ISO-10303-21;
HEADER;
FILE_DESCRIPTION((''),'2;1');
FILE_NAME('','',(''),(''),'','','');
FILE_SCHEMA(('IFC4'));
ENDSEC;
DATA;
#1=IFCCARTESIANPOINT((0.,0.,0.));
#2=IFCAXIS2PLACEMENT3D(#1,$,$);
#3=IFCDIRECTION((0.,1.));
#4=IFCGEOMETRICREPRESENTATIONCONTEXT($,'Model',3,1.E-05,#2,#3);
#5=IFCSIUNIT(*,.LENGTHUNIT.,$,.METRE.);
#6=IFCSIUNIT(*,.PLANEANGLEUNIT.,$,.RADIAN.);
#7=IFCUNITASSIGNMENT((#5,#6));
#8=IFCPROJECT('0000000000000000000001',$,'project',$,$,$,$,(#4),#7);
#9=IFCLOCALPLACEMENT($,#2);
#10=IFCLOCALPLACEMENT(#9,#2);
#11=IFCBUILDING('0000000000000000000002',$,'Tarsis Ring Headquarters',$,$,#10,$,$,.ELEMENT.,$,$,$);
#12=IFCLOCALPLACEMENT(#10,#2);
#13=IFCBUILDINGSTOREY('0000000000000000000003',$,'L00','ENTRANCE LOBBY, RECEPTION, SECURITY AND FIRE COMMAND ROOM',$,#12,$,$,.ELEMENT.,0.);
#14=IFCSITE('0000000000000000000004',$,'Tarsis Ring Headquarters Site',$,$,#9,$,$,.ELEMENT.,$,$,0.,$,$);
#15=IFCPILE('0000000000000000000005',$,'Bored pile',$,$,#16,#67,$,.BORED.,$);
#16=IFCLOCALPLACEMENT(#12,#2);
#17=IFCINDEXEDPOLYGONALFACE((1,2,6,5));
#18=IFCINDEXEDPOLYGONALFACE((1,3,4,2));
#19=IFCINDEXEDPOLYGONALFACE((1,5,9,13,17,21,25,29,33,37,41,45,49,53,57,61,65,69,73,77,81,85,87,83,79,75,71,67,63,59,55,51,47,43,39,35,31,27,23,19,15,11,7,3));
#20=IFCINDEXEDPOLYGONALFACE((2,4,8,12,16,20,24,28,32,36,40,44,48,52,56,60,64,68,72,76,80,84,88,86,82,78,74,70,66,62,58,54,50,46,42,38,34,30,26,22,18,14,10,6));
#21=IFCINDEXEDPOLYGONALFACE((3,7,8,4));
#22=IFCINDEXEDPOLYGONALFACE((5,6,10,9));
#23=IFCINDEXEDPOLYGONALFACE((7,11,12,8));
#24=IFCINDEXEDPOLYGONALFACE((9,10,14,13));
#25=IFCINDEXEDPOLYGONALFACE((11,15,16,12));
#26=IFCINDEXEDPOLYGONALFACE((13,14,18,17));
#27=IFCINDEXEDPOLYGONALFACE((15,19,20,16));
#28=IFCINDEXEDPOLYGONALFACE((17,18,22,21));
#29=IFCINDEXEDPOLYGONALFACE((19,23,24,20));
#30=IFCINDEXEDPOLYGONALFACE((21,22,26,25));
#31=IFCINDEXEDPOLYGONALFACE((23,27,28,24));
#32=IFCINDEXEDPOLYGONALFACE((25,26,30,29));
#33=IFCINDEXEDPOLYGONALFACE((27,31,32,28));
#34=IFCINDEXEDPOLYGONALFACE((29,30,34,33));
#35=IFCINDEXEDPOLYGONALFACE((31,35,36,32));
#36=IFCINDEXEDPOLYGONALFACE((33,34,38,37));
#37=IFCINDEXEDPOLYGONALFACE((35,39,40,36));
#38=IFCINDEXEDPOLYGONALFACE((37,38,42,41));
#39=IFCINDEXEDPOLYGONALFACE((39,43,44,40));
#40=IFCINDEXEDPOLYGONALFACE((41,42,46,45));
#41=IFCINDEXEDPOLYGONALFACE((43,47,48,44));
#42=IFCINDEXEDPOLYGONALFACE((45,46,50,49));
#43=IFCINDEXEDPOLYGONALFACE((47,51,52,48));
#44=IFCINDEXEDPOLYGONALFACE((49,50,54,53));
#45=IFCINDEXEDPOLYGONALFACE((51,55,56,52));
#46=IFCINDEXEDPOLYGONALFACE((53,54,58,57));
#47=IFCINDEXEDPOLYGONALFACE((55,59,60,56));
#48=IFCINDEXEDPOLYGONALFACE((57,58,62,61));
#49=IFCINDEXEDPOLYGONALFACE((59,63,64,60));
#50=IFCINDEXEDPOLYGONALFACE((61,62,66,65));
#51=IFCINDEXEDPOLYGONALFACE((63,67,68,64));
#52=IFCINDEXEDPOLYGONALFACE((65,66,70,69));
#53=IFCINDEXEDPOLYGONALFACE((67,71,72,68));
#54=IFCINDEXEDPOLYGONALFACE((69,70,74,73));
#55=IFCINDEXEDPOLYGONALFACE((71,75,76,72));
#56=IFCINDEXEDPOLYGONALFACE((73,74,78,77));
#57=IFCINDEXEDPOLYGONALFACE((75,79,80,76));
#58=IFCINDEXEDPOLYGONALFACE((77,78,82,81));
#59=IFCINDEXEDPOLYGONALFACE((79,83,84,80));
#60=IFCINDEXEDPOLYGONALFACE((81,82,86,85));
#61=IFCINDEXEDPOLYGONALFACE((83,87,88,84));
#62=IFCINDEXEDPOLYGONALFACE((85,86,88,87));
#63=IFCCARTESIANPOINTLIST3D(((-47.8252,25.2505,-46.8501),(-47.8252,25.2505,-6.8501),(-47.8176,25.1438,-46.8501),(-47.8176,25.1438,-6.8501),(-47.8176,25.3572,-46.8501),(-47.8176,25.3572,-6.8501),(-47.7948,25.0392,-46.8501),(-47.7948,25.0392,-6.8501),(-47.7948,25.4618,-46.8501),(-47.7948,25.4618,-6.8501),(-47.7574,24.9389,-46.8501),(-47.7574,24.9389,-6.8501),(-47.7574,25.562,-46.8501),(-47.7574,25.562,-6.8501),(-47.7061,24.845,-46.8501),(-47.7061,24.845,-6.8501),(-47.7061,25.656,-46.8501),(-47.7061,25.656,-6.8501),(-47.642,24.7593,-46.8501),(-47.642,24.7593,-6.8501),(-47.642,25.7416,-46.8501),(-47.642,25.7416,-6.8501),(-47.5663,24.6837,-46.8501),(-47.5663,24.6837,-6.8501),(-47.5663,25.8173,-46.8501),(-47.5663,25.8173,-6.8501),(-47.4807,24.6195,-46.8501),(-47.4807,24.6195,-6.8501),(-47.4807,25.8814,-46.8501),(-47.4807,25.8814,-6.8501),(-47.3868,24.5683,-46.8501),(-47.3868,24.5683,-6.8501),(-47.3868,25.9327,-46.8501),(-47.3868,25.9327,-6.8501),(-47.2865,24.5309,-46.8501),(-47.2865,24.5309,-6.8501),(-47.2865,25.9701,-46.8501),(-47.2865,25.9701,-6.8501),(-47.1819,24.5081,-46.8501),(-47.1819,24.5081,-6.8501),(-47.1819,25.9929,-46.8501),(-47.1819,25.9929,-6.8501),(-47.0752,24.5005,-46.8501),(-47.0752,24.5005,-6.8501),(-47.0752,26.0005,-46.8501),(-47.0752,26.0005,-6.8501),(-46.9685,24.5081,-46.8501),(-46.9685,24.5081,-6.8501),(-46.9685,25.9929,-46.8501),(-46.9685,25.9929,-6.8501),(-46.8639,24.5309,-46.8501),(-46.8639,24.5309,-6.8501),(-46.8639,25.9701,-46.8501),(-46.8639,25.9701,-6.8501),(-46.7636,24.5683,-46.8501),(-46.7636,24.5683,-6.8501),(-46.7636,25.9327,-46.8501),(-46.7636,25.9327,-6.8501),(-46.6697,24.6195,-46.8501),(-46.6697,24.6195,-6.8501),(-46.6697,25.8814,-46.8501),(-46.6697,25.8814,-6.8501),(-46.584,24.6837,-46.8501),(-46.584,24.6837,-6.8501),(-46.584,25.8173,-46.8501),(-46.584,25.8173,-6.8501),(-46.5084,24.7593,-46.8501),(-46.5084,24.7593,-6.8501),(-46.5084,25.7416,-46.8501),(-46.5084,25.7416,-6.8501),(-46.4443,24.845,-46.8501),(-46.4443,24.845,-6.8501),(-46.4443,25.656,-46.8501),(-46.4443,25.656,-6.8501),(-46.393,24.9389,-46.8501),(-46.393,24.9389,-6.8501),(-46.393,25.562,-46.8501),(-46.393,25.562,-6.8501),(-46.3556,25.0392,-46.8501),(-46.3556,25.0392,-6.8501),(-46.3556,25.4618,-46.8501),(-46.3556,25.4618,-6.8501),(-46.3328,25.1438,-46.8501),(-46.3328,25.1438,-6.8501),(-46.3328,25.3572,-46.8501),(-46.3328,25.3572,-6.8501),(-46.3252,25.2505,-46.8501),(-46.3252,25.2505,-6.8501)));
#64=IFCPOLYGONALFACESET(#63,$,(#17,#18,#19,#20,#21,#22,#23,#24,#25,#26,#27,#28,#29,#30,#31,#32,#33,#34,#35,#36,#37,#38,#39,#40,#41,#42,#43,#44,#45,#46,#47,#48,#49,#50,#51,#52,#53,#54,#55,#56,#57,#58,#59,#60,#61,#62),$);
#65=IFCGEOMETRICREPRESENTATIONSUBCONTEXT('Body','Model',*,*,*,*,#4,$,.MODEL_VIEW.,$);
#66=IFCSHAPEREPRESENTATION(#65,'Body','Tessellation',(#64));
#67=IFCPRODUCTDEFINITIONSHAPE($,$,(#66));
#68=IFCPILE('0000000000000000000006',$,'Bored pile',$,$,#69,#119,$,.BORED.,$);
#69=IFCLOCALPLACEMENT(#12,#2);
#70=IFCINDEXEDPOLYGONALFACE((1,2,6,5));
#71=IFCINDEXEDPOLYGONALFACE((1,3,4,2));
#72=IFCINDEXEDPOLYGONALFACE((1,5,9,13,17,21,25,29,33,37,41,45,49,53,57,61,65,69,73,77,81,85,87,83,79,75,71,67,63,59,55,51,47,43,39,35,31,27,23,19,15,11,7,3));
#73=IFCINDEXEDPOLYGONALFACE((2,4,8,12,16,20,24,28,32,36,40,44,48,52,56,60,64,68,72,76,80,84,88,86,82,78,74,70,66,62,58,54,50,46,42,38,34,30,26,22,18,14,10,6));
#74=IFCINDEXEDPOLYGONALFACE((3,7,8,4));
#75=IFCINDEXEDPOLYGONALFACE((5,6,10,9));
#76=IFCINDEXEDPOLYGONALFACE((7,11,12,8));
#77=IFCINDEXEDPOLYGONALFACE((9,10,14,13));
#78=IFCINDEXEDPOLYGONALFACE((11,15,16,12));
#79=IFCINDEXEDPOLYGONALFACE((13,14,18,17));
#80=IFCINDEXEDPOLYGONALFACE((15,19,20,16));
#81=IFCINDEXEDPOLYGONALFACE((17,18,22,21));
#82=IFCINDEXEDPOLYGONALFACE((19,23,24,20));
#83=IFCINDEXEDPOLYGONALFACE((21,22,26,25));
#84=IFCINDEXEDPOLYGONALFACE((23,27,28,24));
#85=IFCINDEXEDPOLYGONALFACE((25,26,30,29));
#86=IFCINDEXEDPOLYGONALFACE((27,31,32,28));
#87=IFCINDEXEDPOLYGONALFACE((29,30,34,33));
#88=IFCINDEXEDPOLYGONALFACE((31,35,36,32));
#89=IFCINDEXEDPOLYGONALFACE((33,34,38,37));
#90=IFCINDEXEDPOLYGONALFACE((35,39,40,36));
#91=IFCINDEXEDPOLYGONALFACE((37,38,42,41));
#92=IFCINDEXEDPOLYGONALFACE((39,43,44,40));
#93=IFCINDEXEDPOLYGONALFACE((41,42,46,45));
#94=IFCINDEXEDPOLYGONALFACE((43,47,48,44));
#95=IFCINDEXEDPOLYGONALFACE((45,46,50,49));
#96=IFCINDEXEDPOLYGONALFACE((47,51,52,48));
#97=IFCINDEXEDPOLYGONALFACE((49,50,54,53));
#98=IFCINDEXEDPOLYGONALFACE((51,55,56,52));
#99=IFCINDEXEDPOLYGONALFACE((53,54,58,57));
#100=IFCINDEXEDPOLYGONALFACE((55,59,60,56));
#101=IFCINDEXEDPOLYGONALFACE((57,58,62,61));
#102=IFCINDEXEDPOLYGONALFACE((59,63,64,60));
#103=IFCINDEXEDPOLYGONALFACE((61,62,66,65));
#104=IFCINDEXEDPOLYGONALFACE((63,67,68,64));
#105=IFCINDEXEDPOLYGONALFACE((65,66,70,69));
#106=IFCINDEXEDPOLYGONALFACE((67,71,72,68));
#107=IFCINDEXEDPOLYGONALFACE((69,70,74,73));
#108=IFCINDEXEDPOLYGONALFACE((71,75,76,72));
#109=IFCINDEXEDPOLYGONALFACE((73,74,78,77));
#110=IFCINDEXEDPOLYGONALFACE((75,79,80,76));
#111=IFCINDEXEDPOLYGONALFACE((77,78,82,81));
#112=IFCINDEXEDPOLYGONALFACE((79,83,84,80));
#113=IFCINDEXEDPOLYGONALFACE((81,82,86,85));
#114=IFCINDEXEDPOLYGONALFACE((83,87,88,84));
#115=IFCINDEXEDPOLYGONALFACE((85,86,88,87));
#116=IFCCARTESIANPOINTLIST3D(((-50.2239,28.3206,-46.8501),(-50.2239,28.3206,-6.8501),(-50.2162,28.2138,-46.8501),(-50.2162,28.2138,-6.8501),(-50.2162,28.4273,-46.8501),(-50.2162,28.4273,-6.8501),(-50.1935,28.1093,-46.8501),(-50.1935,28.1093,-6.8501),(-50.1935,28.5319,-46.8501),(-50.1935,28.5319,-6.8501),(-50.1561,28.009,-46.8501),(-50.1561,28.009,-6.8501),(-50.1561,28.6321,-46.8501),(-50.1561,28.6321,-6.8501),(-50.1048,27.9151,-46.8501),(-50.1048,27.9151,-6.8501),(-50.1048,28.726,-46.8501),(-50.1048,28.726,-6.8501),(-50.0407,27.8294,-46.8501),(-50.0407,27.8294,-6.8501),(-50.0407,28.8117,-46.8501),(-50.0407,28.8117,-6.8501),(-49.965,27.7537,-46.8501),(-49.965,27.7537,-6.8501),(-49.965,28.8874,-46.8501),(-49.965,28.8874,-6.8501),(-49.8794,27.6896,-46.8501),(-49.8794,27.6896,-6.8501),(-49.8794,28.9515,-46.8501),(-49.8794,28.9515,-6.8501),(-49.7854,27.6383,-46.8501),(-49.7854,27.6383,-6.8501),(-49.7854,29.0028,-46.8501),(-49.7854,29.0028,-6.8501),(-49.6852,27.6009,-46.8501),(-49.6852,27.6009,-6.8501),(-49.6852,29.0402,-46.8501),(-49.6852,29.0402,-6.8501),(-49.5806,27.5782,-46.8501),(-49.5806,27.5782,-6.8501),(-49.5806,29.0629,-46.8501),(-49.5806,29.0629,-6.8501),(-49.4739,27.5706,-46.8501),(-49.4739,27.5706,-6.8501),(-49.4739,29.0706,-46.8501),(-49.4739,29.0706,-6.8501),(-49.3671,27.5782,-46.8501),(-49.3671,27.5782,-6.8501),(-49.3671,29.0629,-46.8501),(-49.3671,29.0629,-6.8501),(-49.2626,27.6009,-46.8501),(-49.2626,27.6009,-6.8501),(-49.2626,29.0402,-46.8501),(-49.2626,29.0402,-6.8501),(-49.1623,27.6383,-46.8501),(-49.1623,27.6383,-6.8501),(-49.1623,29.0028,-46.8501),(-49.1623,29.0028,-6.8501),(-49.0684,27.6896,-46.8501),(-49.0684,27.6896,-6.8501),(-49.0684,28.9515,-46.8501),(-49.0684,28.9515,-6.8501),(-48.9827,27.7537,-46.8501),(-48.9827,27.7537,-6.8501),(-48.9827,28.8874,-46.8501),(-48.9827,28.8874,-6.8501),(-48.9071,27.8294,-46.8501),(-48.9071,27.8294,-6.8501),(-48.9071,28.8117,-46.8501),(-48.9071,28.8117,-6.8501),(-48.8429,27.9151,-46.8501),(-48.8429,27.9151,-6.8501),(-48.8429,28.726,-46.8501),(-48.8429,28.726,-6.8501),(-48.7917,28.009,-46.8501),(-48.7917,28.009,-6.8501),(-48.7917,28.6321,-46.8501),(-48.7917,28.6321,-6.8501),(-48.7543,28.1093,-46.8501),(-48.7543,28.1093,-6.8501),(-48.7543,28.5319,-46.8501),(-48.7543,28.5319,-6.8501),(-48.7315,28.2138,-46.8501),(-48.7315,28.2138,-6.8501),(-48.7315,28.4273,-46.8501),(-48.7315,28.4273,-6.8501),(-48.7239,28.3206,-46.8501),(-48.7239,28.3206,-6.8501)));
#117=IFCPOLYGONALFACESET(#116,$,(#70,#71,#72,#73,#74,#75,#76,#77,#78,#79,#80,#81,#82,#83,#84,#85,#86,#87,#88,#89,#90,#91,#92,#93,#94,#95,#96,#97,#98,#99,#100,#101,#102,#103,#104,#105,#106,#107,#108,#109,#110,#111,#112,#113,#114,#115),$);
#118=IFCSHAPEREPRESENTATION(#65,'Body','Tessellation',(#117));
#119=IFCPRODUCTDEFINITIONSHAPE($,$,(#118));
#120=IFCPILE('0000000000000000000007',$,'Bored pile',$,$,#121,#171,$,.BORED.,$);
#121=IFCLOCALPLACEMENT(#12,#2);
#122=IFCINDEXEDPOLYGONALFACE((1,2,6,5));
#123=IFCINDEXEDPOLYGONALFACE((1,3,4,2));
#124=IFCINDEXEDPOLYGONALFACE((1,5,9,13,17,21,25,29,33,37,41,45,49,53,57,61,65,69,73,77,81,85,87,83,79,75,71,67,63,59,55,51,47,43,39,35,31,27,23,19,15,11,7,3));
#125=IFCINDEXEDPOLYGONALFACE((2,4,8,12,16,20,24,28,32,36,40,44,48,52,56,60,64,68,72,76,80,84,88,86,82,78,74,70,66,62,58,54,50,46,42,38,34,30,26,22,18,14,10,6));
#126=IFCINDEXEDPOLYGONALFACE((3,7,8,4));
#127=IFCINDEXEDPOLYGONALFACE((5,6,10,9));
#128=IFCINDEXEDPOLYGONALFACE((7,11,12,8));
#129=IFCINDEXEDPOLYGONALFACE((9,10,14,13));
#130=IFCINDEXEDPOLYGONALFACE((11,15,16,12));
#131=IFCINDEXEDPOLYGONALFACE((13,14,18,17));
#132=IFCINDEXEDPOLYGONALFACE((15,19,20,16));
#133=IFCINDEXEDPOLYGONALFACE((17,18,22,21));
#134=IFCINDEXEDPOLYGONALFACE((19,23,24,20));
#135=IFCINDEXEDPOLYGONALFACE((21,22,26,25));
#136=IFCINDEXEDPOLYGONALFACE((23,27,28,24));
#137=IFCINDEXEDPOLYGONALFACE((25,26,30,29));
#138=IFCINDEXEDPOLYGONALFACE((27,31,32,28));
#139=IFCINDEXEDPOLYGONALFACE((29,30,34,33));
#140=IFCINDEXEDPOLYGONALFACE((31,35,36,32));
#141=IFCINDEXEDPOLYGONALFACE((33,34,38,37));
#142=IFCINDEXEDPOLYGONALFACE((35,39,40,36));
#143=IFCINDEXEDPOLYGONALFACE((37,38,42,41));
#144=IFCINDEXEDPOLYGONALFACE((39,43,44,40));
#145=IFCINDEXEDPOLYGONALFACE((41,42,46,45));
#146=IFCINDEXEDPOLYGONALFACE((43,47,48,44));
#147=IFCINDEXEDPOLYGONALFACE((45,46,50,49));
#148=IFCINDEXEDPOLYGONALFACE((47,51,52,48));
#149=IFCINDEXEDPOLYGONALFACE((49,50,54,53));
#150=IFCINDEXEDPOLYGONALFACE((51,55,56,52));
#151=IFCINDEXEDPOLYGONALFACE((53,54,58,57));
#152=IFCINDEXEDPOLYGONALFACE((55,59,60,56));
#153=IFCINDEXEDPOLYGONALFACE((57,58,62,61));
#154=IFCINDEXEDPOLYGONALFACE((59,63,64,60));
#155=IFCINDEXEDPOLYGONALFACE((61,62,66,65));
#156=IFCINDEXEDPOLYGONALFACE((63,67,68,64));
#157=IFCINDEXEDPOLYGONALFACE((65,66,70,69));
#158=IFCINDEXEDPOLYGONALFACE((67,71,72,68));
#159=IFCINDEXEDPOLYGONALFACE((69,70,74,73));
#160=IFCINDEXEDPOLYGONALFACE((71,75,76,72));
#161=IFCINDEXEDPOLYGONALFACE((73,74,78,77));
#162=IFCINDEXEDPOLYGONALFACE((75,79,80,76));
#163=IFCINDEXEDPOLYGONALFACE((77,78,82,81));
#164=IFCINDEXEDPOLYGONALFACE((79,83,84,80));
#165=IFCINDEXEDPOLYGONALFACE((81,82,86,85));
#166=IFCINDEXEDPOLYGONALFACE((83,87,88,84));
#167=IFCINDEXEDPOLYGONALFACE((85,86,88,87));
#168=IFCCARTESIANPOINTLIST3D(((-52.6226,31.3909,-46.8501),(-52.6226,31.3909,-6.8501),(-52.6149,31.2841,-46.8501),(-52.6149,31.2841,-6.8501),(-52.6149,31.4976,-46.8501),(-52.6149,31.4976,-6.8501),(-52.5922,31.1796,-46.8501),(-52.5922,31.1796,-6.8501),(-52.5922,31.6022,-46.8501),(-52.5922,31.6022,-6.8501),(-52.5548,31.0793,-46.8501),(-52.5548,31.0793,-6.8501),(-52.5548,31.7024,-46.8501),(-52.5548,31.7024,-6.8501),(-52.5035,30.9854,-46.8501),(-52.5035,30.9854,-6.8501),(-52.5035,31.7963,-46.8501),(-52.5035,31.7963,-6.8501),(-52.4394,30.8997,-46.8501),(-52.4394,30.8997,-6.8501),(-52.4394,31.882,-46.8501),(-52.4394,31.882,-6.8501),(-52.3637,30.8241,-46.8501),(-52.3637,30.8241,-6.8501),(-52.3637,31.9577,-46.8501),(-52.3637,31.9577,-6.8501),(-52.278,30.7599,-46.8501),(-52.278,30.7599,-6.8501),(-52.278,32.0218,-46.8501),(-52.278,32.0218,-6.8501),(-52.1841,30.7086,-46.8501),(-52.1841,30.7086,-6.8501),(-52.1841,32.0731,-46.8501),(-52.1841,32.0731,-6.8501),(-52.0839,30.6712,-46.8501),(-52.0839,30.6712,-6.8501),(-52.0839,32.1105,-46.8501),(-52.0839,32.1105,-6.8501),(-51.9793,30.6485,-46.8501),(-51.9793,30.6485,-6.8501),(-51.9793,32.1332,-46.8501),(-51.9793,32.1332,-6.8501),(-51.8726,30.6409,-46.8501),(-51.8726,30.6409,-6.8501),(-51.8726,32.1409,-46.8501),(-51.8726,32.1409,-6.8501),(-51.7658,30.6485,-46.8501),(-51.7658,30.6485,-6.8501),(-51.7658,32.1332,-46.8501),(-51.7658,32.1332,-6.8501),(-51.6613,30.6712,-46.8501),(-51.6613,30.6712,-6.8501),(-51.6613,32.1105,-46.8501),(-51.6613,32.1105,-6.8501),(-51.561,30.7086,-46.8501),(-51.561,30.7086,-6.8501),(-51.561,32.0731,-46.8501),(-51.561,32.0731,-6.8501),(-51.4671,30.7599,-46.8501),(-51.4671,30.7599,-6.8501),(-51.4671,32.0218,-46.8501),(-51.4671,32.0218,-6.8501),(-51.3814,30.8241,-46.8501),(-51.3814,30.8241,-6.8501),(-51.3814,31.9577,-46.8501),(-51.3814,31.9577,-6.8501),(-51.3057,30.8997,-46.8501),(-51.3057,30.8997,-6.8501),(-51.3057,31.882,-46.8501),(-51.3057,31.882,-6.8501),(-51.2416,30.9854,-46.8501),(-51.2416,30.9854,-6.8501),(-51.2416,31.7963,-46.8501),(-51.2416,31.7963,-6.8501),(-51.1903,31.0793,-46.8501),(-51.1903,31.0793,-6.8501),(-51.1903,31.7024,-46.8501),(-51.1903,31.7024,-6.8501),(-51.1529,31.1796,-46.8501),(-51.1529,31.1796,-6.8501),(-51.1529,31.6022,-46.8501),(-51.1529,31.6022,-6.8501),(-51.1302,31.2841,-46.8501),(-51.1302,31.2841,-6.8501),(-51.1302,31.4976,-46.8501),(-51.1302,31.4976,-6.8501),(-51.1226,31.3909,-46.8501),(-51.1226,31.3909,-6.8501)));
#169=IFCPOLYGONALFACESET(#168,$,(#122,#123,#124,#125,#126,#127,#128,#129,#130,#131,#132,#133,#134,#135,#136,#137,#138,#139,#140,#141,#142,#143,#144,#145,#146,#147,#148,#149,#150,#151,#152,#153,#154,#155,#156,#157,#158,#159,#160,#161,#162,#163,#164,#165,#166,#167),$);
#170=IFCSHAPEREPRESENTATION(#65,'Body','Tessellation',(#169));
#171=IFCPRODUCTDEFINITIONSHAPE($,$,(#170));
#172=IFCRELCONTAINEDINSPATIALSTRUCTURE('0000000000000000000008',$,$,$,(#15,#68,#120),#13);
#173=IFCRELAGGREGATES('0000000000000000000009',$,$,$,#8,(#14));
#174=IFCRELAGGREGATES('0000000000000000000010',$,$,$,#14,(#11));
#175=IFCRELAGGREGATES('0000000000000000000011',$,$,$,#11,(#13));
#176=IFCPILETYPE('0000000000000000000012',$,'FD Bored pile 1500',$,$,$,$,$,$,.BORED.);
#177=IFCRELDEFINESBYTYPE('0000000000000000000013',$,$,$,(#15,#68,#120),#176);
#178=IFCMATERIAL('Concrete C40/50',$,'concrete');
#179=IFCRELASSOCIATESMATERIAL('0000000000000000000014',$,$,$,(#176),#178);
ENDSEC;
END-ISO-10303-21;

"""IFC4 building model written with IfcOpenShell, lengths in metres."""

from ifc_helpers import new_model, si_unit, direction, frame, origin, origin_2d, place, context, subcontext, project, spatial, circle, extrude, material, material_profile, profile_set, type_object, element, save


model = new_model("IFC4")

# Units and contexts
model_context = context("Model", 3, precision=1e-05, world=origin(), true_north=direction((0.0, 1.0)))
body_context = subcontext(model_context, "Body", "Model", "MODEL_VIEW")
ifc_project = project(units=[si_unit("LENGTHUNIT", "METRE"), si_unit("PLANEANGLEUNIT", "RADIAN")], contexts=[model_context])

# Site, building, storey
site_placement = place(None, origin())
site = spatial("IfcSite", under=ifc_project, at=site_placement, Name="Tarsis Ring Headquarters Site", CompositionType="ELEMENT", RefElevation=0.0)
building_placement = place(site_placement, origin())
building = spatial("IfcBuilding", under=site, at=building_placement, Name="Tarsis Ring Headquarters", CompositionType="ELEMENT")
storey_placement = place(building_placement, origin())
storey = spatial("IfcBuildingStorey", under=building, at=storey_placement, Name="L00", Description="ENTRANCE LOBBY, RECEPTION, SECURITY AND FIRE COMMAND ROOM", CompositionType="ELEMENT", Elevation=0.0)

# Piles
ifc_material_1 = material(Name="Concrete C40/50", Category="concrete")
ifc_material_profile_1 = material_profile(ifc_material_1, circle(Radius=0.75, at=origin_2d()), Name="BORED 1500")
ifc_profile_set_1 = profile_set([ifc_material_profile_1], Name="Concrete C40/50")
pile_type_1 = type_object("IfcPileType", Name="FD Bored pile 1500", PredefinedType="BORED", material=ifc_profile_set_1)
for number, where, z_axis, x_axis, name in (
    (1, (-47.0752, 25.2505, -6.8501), (0.0, 0.0, -1.0), (1.0, 0.0, 0.0), "Bored pile"),
    (2, (-49.4739, 28.3206, -6.8501), (0.0, 0.0, -1.0), (1.0, 0.0, 0.0), "Bored pile"),
    (3, (-51.8726, 31.3909, -6.8501), (0.0, 0.0, -1.0), (1.0, 0.0, 0.0), "Bored pile"),
):
    element("IfcPile", number, at=place(storey_placement, frame(where, z_axis=z_axis, x_axis=x_axis)), inside=storey, type_object=pile_type_1, Name=name, PredefinedType="BORED", context=body_context, shape_type="SweptSolid", body=[
        extrude(circle(Radius=0.75, at=origin_2d()), origin(), (0.0, 0.0, 1.0), 40.0),
    ])

save(model, "model.ifc")
